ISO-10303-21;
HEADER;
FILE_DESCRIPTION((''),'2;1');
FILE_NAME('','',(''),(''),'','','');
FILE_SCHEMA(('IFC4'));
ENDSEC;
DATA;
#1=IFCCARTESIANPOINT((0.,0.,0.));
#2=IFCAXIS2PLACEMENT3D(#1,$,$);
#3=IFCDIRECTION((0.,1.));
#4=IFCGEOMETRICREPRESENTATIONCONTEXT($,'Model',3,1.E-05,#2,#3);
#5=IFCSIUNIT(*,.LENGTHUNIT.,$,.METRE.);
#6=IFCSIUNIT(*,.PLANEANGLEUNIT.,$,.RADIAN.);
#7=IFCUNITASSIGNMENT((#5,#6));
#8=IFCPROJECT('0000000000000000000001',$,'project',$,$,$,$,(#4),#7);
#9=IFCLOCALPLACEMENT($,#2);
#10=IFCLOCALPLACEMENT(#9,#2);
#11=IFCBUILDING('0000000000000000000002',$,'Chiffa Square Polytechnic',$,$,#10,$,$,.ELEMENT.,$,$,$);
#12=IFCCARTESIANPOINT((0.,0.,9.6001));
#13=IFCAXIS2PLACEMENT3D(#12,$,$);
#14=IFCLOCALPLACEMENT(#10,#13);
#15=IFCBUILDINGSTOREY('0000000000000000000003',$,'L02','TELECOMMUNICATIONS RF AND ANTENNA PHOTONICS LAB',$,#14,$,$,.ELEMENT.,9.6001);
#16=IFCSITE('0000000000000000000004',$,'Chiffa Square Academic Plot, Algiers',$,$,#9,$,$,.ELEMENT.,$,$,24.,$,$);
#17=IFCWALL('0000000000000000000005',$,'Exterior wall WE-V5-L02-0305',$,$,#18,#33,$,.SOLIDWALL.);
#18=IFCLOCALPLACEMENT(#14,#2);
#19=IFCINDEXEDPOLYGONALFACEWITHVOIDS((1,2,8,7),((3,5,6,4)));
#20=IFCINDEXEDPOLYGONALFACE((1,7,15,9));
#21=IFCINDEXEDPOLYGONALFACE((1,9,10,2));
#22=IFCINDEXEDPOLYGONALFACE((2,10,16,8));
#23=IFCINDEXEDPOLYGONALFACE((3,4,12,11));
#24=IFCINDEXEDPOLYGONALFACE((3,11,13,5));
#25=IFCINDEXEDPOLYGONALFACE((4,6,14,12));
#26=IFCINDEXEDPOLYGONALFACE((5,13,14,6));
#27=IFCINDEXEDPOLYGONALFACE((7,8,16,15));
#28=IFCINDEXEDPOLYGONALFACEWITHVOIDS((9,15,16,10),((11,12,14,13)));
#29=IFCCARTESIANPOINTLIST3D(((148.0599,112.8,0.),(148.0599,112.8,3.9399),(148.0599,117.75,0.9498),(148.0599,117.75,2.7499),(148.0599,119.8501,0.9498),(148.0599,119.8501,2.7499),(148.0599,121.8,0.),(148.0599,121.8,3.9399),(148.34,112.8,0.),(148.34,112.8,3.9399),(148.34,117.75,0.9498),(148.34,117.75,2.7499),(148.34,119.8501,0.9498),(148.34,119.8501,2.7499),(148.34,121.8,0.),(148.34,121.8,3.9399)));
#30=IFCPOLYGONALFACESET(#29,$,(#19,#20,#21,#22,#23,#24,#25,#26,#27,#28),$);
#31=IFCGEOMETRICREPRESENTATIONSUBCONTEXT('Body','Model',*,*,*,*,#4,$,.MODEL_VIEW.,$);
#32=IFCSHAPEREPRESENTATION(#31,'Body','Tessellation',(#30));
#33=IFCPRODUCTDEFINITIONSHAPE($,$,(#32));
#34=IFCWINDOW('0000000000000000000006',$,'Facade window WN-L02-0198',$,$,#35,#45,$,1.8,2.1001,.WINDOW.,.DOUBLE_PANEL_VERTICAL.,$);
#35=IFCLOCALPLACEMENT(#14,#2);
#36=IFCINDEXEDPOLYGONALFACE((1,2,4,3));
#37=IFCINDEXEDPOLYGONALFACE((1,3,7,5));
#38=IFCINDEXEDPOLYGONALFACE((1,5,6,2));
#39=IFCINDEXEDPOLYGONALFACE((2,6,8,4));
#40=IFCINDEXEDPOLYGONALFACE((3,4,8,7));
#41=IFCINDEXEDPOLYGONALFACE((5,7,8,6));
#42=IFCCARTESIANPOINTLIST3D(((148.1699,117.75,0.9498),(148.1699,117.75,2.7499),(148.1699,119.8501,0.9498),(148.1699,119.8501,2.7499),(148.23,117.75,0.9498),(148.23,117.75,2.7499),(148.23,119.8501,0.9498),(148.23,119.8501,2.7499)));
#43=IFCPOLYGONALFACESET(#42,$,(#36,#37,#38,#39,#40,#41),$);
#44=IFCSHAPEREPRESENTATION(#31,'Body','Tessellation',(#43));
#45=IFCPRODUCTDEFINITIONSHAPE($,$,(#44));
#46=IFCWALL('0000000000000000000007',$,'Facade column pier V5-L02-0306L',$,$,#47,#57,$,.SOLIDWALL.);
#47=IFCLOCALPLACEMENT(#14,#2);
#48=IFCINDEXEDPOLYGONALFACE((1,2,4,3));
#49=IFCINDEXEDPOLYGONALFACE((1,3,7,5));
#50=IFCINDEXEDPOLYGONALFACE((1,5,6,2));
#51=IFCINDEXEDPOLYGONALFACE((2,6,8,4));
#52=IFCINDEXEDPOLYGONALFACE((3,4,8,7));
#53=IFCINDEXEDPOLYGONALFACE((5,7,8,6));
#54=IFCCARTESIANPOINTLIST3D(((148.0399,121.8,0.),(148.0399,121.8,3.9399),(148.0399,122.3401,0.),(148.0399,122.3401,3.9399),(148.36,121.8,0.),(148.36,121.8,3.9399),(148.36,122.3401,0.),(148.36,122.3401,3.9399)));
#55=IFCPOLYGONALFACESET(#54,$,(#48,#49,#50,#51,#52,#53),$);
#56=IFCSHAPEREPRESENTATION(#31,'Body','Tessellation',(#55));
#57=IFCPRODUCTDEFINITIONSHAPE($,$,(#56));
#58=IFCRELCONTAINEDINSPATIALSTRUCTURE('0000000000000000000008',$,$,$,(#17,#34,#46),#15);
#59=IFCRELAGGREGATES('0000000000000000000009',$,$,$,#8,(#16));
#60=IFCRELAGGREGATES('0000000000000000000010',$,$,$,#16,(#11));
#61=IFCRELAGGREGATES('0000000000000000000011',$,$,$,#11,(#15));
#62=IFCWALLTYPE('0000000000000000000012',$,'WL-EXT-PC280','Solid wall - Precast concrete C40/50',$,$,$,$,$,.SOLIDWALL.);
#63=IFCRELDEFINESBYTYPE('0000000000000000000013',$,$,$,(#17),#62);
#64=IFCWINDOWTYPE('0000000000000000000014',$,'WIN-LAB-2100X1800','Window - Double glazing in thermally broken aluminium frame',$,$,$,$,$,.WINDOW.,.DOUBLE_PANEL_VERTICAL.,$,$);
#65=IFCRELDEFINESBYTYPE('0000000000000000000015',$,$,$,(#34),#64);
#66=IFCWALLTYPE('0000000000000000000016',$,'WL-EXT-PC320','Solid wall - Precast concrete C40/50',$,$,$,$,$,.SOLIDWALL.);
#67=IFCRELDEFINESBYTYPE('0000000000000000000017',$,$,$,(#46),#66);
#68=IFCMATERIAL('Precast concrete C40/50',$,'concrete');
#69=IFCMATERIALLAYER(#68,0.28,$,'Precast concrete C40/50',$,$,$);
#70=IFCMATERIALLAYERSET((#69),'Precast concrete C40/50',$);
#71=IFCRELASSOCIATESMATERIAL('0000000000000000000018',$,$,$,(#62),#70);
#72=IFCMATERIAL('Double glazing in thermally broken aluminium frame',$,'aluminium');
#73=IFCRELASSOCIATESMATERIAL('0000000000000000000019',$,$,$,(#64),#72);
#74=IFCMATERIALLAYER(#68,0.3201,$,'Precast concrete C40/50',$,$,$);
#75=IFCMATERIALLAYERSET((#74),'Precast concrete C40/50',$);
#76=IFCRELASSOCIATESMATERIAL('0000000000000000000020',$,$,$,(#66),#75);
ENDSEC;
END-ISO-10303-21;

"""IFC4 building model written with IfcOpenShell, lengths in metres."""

from ifc_helpers import new_model, si_unit, direction, frame, frame_2d, origin, place, context, subcontext, project, spatial, rectangle, extrude, material, layer, layer_set, type_object, element, fill, save


model = new_model("IFC4")

# Units and contexts
model_context = context("Model", 3, precision=1e-05, world=origin(), true_north=direction((0.0, 1.0)))
body_context = subcontext(model_context, "Body", "Model", "MODEL_VIEW")
ifc_project = project(units=[si_unit("LENGTHUNIT", "METRE"), si_unit("PLANEANGLEUNIT", "RADIAN")], contexts=[model_context])

# Site, building, storey
site_placement = place(None, origin())
site = spatial("IfcSite", under=ifc_project, at=site_placement, Name="Chiffa Square Academic Plot, Algiers", CompositionType="ELEMENT", RefElevation=24.0)
building_placement = place(site_placement, origin())
building = spatial("IfcBuilding", under=site, at=building_placement, Name="Chiffa Square Polytechnic", CompositionType="ELEMENT")
storey_placement = place(building_placement, frame((0.0, 0.0, 9.6001)))
storey = spatial("IfcBuildingStorey", under=building, at=storey_placement, Name="L02", Description="TELECOMMUNICATIONS RF AND ANTENNA PHOTONICS LAB", CompositionType="ELEMENT", Elevation=9.6001)

# Shared definitions
ifc_material_1 = material(Name="Precast concrete C40/50", Category="concrete")

# Wall, opening, window
ifc_layer_1 = layer(ifc_material_1, 0.28, Name="Precast concrete C40/50")
ifc_layer_set_1 = layer_set([ifc_layer_1], Name="Precast concrete C40/50")
wall_type_1 = type_object("IfcWallType", Name="WL-EXT-PC280", Description="Solid wall - Precast concrete C40/50", PredefinedType="SOLIDWALL", material=ifc_layer_set_1)
wall_1_placement = place(storey_placement, frame((148.2, 112.8, 0.0), z_axis=(0.0, 0.0, 1.0), x_axis=(0.0, 1.0, 0.0)))
wall_1 = element("IfcWall", 1, at=wall_1_placement, inside=storey, type_object=wall_type_1, Name="Exterior wall WE-V5-L02-0305", PredefinedType="SOLIDWALL", context=body_context, shape_type="SweptSolid", body=[
    extrude(rectangle(XDim=9.0, YDim=0.28, at=frame_2d((4.5, 0.0))), origin(), (0.0, 0.0, 1.0), 3.9399),
])
opening_placement = place(wall_1_placement, frame((4.95, 0.0, 0.95)))
opening = element("IfcOpeningElement", 2, at=opening_placement, cuts=wall_1, PredefinedType="OPENING", context=body_context, shape_type="SweptSolid", body=[
    extrude(rectangle(XDim=2.1001, YDim=1.8, at=frame_2d((1.05, 0.8999))), frame((0.0, 0.1499, 0.0), z_axis=(0.0, -1.0, 0.0), x_axis=(1.0, 0.0, 0.0)), (0.0, 0.0, 1.0), 0.3),
])
ifc_material_2 = material(Name="Double glazing in thermally broken aluminium frame", Category="aluminium")
window_type = type_object("IfcWindowType", Name="WIN-LAB-2100X1800", Description="Window - Double glazing in thermally broken aluminium frame", PartitioningType="DOUBLE_PANEL_VERTICAL", PredefinedType="WINDOW", material=ifc_material_2)
window_placement = place(opening_placement, origin())
window = element("IfcWindow", 3, at=window_placement, inside=storey, type_object=window_type, Name="Facade window WN-L02-0198", OverallHeight=1.8, OverallWidth=2.1001, PartitioningType="DOUBLE_PANEL_VERTICAL", PredefinedType="WINDOW", context=body_context, shape_type="SweptSolid", body=[
    extrude(rectangle(XDim=2.1001, YDim=1.8, at=frame_2d((1.05, 0.8999))), frame((0.0, 0.03, 0.0), z_axis=(0.0, -1.0, 0.0), x_axis=(1.0, 0.0, 0.0)), (0.0, 0.0, 1.0), 0.0601),
])
fill(opening, window)

# Wall
ifc_layer_2 = layer(ifc_material_1, 0.3201, Name="Precast concrete C40/50")
ifc_layer_set_2 = layer_set([ifc_layer_2], Name="Precast concrete C40/50")
wall_type_2 = type_object("IfcWallType", Name="WL-EXT-PC320", Description="Solid wall - Precast concrete C40/50", PredefinedType="SOLIDWALL", material=ifc_layer_set_2)
wall_2_placement = place(storey_placement, frame((148.2, 121.8, 0.0), z_axis=(0.0, 0.0, 1.0), x_axis=(0.0, 1.0, 0.0)))
element("IfcWall", 4, at=wall_2_placement, inside=storey, type_object=wall_type_2, Name="Facade column pier V5-L02-0306L", PredefinedType="SOLIDWALL", context=body_context, shape_type="SweptSolid", body=[
    extrude(rectangle(XDim=0.54, YDim=0.3201, at=frame_2d((0.27, 0.0))), origin(), (0.0, 0.0, 1.0), 3.9399),
])

save(model, "model.ifc")
